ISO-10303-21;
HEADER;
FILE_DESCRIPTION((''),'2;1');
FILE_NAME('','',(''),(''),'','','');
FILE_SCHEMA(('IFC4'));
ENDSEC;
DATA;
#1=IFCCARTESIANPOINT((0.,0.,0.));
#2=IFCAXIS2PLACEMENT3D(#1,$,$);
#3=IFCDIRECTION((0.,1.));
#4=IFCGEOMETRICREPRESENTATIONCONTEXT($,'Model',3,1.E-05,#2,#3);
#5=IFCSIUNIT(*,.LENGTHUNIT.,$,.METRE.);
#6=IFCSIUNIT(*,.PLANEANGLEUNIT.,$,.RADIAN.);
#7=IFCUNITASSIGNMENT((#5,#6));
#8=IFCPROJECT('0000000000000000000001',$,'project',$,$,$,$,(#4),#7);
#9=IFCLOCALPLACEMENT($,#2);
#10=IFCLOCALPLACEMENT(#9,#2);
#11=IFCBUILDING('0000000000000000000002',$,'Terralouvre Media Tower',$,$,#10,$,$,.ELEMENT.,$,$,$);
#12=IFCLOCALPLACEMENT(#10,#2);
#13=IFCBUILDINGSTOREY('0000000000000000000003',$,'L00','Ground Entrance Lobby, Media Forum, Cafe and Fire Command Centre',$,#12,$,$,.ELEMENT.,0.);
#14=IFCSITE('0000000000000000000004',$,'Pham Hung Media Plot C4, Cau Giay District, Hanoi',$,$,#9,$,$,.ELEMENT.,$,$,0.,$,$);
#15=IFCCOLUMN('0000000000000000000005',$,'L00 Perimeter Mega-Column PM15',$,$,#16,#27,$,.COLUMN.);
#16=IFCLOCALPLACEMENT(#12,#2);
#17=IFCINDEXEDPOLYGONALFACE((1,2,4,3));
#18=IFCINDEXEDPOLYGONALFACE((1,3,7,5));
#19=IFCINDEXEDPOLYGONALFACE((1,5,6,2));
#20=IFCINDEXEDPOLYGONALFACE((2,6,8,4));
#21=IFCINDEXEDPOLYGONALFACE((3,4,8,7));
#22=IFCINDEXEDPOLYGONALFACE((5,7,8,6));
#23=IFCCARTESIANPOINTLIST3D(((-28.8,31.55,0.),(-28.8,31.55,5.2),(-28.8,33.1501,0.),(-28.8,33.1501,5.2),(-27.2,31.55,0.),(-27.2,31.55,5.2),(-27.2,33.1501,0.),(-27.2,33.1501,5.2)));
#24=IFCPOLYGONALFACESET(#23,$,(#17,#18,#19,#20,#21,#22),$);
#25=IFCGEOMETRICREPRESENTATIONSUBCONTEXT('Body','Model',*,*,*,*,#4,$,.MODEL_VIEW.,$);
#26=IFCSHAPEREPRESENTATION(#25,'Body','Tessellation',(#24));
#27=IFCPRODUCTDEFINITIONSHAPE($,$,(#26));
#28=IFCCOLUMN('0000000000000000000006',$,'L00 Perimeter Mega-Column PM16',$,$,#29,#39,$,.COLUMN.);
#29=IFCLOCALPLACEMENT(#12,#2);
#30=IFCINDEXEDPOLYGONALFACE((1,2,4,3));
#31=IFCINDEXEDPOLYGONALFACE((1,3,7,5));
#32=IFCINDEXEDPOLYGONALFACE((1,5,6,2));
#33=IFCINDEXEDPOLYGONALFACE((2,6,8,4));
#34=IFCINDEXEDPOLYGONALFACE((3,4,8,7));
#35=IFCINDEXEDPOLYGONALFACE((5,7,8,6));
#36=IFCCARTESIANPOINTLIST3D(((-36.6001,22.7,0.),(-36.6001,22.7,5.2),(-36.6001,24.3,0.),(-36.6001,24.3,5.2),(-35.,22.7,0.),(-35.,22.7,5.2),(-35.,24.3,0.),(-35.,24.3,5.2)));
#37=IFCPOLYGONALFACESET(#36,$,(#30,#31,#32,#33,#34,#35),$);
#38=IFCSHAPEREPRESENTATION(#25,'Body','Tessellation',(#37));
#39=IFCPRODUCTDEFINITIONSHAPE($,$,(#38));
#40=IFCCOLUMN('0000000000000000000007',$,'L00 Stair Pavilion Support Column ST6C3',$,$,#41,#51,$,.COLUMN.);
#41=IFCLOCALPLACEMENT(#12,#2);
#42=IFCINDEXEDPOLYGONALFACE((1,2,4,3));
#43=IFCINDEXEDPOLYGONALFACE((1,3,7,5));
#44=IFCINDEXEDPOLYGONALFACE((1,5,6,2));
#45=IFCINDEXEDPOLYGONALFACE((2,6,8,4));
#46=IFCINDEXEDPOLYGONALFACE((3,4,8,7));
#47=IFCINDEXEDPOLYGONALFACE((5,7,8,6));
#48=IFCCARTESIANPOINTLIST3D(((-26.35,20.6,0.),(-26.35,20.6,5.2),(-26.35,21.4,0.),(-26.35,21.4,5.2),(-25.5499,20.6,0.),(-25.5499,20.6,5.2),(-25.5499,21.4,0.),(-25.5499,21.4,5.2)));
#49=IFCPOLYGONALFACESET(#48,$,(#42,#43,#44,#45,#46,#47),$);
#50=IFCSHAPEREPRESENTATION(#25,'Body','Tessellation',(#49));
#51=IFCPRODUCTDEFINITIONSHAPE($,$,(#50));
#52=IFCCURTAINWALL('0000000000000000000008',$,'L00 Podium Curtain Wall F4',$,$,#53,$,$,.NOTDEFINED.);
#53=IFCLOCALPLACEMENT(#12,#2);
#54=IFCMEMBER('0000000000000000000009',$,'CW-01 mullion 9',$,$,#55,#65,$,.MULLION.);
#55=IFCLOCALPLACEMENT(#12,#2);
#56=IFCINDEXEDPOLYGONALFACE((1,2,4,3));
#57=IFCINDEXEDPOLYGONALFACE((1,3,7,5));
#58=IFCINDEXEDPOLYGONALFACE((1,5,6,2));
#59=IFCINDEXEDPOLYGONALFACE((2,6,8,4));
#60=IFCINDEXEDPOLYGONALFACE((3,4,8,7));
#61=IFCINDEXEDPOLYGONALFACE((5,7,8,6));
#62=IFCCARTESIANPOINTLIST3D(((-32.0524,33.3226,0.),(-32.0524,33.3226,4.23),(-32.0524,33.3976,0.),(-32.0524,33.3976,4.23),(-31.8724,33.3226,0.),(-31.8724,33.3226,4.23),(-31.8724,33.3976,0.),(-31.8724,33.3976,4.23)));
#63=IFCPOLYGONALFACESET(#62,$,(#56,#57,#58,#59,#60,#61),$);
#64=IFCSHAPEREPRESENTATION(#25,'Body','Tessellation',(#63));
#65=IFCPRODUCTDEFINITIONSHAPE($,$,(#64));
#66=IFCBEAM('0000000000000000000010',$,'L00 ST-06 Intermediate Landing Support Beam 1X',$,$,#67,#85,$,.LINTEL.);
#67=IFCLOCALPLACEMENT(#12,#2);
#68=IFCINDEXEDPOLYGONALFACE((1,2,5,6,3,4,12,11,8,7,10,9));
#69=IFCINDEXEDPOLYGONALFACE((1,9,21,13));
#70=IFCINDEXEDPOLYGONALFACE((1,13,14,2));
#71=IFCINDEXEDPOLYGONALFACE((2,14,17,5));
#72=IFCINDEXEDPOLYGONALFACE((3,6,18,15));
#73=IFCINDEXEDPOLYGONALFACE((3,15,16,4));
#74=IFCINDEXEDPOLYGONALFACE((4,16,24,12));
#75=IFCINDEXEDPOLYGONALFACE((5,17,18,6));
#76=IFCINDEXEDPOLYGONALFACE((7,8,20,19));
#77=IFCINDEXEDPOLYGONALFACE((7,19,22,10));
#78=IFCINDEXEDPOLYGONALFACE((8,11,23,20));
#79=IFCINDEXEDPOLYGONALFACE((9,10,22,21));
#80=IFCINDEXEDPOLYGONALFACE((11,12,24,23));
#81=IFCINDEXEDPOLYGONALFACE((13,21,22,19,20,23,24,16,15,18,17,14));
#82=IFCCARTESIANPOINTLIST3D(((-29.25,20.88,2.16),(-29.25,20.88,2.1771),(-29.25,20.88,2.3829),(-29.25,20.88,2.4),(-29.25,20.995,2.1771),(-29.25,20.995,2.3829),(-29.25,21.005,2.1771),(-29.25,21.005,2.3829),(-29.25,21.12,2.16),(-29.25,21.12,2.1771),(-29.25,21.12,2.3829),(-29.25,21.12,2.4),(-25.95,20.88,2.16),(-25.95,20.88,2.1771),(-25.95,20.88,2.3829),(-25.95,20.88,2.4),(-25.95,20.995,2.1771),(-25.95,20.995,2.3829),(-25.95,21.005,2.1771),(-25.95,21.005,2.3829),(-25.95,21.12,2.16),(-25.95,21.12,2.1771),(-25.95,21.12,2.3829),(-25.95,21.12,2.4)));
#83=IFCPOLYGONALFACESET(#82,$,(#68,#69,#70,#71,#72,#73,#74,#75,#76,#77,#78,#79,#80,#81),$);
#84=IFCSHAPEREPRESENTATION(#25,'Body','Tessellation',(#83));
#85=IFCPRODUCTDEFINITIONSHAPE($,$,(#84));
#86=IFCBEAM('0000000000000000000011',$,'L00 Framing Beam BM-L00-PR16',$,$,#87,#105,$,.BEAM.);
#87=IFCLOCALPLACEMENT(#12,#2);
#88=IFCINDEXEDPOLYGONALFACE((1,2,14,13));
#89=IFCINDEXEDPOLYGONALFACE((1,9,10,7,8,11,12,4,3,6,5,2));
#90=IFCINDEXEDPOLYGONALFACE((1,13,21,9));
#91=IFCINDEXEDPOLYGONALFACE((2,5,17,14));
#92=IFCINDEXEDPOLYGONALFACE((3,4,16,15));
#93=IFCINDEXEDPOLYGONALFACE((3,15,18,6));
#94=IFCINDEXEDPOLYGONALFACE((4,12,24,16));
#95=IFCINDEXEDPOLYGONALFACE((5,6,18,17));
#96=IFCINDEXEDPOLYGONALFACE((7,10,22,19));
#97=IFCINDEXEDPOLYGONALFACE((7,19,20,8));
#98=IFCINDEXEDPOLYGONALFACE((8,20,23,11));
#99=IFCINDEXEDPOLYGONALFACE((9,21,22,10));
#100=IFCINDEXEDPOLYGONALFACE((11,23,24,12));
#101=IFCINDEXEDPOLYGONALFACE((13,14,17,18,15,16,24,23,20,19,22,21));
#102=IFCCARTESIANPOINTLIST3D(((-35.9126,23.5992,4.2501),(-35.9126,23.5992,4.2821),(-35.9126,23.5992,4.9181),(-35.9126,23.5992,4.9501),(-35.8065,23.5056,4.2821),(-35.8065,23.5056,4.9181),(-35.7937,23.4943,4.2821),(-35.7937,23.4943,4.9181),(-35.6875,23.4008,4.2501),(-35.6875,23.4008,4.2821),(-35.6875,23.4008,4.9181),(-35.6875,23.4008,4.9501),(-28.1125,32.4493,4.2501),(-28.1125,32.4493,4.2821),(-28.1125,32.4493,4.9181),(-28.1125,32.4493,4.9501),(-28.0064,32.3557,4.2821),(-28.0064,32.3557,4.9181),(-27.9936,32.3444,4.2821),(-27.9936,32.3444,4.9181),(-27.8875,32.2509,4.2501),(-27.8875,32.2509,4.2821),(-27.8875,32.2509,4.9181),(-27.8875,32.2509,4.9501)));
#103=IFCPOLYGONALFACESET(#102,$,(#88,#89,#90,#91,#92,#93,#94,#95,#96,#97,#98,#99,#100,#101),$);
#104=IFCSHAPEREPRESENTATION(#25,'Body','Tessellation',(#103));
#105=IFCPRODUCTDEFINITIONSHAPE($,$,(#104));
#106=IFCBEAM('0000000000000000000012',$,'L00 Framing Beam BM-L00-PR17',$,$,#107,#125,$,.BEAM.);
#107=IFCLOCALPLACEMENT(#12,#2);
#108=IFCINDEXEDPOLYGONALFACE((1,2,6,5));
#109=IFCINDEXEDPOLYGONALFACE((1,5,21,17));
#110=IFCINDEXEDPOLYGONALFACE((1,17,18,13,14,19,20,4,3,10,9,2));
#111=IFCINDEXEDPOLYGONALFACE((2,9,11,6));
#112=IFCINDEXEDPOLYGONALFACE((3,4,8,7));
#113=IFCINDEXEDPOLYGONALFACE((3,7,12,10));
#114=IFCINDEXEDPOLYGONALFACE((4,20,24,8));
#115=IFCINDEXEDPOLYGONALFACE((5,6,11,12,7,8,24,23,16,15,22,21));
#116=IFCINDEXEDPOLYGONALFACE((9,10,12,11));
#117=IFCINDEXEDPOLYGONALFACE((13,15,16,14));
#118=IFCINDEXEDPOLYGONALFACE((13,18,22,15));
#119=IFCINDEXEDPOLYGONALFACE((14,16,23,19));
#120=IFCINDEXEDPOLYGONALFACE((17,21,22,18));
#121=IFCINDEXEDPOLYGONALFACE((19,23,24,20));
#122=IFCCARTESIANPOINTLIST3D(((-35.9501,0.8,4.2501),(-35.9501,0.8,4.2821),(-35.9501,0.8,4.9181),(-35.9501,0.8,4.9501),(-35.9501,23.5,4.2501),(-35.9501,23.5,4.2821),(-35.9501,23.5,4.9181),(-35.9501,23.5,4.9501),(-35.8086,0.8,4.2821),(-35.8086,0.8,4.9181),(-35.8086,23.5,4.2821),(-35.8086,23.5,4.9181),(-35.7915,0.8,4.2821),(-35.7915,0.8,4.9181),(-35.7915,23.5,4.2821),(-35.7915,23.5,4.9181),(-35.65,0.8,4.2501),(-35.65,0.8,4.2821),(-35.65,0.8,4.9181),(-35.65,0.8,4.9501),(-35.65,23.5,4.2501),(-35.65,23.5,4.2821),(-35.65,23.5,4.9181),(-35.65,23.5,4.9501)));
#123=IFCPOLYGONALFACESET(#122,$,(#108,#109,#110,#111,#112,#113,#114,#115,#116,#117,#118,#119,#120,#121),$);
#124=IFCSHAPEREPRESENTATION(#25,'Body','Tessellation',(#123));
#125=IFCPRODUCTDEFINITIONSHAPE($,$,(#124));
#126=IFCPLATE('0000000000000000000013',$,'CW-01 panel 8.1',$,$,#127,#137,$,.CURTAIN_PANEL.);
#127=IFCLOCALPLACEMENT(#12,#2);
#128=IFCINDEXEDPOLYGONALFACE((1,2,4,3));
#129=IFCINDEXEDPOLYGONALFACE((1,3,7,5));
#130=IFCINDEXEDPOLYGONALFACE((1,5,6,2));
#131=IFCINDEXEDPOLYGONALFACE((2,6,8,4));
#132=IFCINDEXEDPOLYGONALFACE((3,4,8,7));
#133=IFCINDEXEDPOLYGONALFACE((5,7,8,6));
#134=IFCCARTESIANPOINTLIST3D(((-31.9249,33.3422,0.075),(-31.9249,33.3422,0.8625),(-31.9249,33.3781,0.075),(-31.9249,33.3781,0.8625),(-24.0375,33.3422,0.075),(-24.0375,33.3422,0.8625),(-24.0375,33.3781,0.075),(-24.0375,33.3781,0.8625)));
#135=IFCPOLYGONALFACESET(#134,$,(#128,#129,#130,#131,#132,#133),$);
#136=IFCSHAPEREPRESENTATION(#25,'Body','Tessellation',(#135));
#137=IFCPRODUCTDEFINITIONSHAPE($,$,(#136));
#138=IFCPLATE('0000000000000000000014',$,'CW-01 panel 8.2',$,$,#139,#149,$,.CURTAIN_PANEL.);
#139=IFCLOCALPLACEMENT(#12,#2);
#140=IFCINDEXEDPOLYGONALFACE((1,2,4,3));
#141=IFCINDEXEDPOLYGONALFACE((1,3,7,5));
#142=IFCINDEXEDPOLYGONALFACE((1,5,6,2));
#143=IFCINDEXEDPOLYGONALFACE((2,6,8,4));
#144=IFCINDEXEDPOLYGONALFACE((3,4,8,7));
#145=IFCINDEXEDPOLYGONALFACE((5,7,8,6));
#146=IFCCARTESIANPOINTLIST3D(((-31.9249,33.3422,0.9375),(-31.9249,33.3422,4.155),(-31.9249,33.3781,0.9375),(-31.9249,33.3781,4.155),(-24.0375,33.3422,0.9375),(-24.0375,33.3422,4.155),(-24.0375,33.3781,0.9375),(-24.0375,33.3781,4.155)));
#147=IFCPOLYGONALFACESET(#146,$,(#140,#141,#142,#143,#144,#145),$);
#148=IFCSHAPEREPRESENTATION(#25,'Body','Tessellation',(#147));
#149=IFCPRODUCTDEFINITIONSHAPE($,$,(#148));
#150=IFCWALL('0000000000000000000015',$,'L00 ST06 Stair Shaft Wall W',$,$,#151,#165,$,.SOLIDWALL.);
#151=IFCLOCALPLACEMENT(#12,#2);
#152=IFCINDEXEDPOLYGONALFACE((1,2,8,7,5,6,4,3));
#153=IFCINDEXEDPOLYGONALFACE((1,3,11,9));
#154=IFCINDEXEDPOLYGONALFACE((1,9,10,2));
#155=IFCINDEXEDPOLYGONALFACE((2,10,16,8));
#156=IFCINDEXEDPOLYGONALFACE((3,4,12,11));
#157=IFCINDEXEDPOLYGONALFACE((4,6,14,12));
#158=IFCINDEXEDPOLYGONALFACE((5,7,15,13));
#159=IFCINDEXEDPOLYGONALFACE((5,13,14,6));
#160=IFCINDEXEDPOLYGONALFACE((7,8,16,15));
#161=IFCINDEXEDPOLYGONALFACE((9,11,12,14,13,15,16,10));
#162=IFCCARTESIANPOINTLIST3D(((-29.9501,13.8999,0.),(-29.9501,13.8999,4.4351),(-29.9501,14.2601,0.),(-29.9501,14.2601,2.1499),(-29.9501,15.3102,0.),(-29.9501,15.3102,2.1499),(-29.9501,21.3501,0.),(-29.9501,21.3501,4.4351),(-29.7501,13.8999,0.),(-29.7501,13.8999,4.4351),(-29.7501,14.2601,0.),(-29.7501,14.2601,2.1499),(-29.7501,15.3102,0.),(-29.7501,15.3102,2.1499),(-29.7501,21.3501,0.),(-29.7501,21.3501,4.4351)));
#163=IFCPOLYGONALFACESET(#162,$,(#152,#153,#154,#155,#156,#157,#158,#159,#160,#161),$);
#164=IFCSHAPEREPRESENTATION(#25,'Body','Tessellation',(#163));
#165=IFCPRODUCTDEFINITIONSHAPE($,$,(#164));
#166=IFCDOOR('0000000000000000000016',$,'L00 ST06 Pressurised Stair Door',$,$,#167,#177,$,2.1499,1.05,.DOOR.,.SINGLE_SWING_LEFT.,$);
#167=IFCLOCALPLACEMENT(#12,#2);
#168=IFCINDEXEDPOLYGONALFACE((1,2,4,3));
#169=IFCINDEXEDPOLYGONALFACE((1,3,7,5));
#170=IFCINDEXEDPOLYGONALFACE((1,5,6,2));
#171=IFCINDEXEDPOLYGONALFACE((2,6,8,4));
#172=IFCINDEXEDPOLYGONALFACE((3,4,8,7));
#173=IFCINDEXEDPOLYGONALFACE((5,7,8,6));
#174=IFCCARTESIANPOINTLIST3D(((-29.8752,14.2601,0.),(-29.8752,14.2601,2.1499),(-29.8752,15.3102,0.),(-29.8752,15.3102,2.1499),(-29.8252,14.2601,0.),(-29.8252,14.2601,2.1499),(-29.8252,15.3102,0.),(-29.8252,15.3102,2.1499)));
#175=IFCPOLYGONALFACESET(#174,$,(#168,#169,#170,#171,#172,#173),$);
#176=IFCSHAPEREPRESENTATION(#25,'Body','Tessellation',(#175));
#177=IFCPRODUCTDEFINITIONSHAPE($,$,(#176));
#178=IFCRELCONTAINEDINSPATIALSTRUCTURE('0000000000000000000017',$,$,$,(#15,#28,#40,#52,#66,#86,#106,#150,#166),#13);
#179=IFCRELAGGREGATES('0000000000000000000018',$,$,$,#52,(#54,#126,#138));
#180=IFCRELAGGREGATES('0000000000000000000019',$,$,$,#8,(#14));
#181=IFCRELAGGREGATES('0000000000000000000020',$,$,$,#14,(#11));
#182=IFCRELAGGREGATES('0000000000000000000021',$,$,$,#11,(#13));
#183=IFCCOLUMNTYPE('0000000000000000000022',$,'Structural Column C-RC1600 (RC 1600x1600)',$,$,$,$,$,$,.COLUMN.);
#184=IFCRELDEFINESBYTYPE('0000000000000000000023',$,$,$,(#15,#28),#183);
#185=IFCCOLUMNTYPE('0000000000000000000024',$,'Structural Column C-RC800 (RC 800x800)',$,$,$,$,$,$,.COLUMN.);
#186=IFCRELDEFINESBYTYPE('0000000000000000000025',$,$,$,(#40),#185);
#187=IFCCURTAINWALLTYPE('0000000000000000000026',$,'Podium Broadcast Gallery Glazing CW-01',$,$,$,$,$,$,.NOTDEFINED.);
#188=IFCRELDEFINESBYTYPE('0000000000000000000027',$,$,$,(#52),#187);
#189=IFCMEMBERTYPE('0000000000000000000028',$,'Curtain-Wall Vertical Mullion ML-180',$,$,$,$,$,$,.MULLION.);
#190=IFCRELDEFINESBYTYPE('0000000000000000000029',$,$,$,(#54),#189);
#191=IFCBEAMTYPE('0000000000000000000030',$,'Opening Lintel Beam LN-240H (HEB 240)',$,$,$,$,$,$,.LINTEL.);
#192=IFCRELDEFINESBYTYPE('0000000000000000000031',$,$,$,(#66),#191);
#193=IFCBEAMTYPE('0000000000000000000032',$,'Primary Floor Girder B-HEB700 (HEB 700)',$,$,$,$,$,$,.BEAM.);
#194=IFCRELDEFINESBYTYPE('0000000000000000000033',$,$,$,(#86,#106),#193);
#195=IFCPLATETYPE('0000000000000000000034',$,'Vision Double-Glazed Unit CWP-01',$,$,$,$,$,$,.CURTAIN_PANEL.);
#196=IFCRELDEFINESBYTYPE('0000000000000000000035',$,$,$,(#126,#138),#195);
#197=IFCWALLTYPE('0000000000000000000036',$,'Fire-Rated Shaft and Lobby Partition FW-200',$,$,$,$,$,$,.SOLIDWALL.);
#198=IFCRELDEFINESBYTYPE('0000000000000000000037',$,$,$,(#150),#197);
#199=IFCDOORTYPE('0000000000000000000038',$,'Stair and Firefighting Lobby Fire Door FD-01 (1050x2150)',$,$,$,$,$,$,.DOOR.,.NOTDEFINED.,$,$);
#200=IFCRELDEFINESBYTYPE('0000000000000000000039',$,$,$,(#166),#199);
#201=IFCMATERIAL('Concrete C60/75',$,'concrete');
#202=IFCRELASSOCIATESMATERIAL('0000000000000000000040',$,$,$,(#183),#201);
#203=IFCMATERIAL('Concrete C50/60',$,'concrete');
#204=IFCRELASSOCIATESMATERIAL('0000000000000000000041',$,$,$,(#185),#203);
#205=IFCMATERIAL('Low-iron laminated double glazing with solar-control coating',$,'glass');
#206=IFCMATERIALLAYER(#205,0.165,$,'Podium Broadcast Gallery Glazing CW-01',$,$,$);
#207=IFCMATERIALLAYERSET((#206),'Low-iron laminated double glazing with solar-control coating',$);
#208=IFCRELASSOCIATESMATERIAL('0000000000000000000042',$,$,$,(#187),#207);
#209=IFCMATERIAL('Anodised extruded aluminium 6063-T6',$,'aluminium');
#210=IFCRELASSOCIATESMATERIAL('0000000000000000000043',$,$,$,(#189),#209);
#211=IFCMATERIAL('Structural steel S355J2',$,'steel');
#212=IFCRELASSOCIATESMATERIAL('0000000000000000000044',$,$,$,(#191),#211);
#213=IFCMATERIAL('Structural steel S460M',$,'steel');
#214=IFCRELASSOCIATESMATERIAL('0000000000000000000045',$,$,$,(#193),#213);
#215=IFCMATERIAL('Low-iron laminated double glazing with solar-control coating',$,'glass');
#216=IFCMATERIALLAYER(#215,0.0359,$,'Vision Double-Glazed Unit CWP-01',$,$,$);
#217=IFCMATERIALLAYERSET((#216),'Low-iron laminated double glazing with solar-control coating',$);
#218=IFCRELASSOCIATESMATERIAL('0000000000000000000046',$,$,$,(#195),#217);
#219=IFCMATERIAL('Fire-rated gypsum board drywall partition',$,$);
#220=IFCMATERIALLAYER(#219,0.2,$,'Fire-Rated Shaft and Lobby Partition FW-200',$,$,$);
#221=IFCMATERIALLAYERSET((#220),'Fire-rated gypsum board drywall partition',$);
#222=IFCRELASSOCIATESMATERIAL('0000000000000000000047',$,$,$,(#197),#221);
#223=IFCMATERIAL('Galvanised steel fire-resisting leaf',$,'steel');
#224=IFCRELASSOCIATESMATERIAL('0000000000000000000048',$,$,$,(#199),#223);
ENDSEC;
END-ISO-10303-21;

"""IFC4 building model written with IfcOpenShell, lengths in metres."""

from ifc_helpers import new_model, si_unit, direction, frame, frame_2d, origin, origin_2d, place, context, subcontext, project, spatial, rectangle, i_section, extrude, material, layer, layer_set, material_profile, profile_set, type_object, element, fill, aggregate, save


model = new_model("IFC4")

# Units and contexts
model_context = context("Model", 3, precision=1e-05, world=origin(), true_north=direction((0.0, 1.0)))
body_context = subcontext(model_context, "Body", "Model", "MODEL_VIEW")
ifc_project = project(units=[si_unit("LENGTHUNIT", "METRE"), si_unit("PLANEANGLEUNIT", "RADIAN")], contexts=[model_context])

# Site, building, storey
site_placement = place(None, origin())
site = spatial("IfcSite", under=ifc_project, at=site_placement, Name="Pham Hung Media Plot C4, Cau Giay District, Hanoi", CompositionType="ELEMENT", RefElevation=0.0)
building_placement = place(site_placement, origin())
building = spatial("IfcBuilding", under=site, at=building_placement, Name="Terralouvre Media Tower", CompositionType="ELEMENT")
storey_placement = place(building_placement, origin())
storey = spatial("IfcBuildingStorey", under=building, at=storey_placement, Name="L00", Description="Ground Entrance Lobby, Media Forum, Cafe and Fire Command Centre", CompositionType="ELEMENT", Elevation=0.0)

# Columns
ifc_material_1 = material(Name="Concrete C60/75", Category="concrete")
ifc_material_profile_1 = material_profile(ifc_material_1, rectangle(XDim=1.6001, YDim=1.6001, at=origin_2d()), Name="RC 1600x1600")
ifc_profile_set_1 = profile_set([ifc_material_profile_1], Name="Concrete C60/75")
column_type_1 = type_object("IfcColumnType", Name="Structural Column C-RC1600 (RC 1600x1600)", PredefinedType="COLUMN", material=ifc_profile_set_1)
for number, where, z_axis, x_axis, name in (
    (1, (-28.0, 32.3501, 0.0), (0.0, 0.0, 1.0), (1.0, 0.0, 0.0), "L00 Perimeter Mega-Column PM15"),
    (2, (-35.8, 23.5, 0.0), (0.0, 0.0, 1.0), (1.0, 0.0, 0.0), "L00 Perimeter Mega-Column PM16"),
):
    element("IfcColumn", number, at=place(storey_placement, frame(where, z_axis=z_axis, x_axis=x_axis)), inside=storey, type_object=column_type_1, Name=name, PredefinedType="COLUMN", context=body_context, shape_type="SweptSolid", body=[
        extrude(rectangle(XDim=1.6001, YDim=1.6001, at=origin_2d()), origin(), (0.0, 0.0, 1.0), 5.2),
    ])
ifc_material_2 = material(Name="Concrete C50/60", Category="concrete")
ifc_material_profile_2 = material_profile(ifc_material_2, rectangle(XDim=0.8, YDim=0.8, at=origin_2d()), Name="RC 800x800")
ifc_profile_set_2 = profile_set([ifc_material_profile_2], Name="Concrete C50/60")
column_type_2 = type_object("IfcColumnType", Name="Structural Column C-RC800 (RC 800x800)", PredefinedType="COLUMN", material=ifc_profile_set_2)
column_placement = place(storey_placement, frame((-25.95, 21.0, 0.0), z_axis=(0.0, 0.0, 1.0), x_axis=(1.0, 0.0, 0.0)))
element("IfcColumn", 3, at=column_placement, inside=storey, type_object=column_type_2, Name="L00 Stair Pavilion Support Column ST6C3", PredefinedType="COLUMN", context=body_context, shape_type="SweptSolid", body=[
    extrude(rectangle(XDim=0.8, YDim=0.8, at=origin_2d()), origin(), (0.0, 0.0, 1.0), 5.2),
])

# Curtain wall, member
ifc_material_3 = material(Name="Low-iron laminated double glazing with solar-control coating", Category="glass")
ifc_layer_1 = layer(ifc_material_3, 0.165, Name="Podium Broadcast Gallery Glazing CW-01")
ifc_layer_set_1 = layer_set([ifc_layer_1], Name="Low-iron laminated double glazing with solar-control coating")
curtain_wall_type = type_object("IfcCurtainWallType", Name="Podium Broadcast Gallery Glazing CW-01", PredefinedType="NOTDEFINED", material=ifc_layer_set_1)
curtain_wall_placement = place(storey_placement, origin())
curtain_wall = element("IfcCurtainWall", 4, at=curtain_wall_placement, inside=storey, type_object=curtain_wall_type, Name="L00 Podium Curtain Wall F4", PredefinedType="NOTDEFINED")
ifc_material_4 = material(Name="Anodised extruded aluminium 6063-T6", Category="aluminium")
ifc_material_profile_3 = material_profile(ifc_material_4, rectangle(XDim=0.075, YDim=0.1799, at=origin_2d()), Name="ALU 75x180")
ifc_profile_set_3 = profile_set([ifc_material_profile_3], Name="Anodised extruded aluminium 6063-T6")
member_type = type_object("IfcMemberType", Name="Curtain-Wall Vertical Mullion ML-180", PredefinedType="MULLION", material=ifc_profile_set_3)
member_placement = place(storey_placement, frame((-31.9624, 33.3601, 0.0), z_axis=(0.0, 0.0, 1.0), x_axis=(0.0, -1.0, 0.0)))
member = element("IfcMember", 5, at=member_placement, type_object=member_type, Name="CW-01 mullion 9", PredefinedType="MULLION", context=body_context, shape_type="SweptSolid", body=[
    extrude(rectangle(XDim=0.075, YDim=0.1799, at=origin_2d()), origin(), (0.0, 0.0, 1.0), 4.23),
])

# Beams
ifc_material_5 = material(Name="Structural steel S355J2", Category="steel")
ifc_material_profile_4 = material_profile(ifc_material_5, i_section(OverallWidth=0.24, OverallDepth=0.24, WebThickness=0.01, FlangeThickness=0.0171, at=origin_2d()), Name="HEB 240")
ifc_profile_set_4 = profile_set([ifc_material_profile_4], Name="Structural steel S355J2")
beam_type_1 = type_object("IfcBeamType", Name="Opening Lintel Beam LN-240H (HEB 240)", PredefinedType="LINTEL", material=ifc_profile_set_4)
beam_1_placement = place(storey_placement, frame((-29.25, 21.0, 2.28), z_axis=(1.0, 0.0, 0.0), x_axis=(0.0, 1.0, 0.0)))
element("IfcBeam", 6, at=beam_1_placement, inside=storey, type_object=beam_type_1, Name="L00 ST-06 Intermediate Landing Support Beam 1X", PredefinedType="LINTEL", context=body_context, shape_type="SweptSolid", body=[
    extrude(i_section(OverallWidth=0.24, OverallDepth=0.24, WebThickness=0.01, FlangeThickness=0.0171, at=origin_2d()), origin(), (0.0, 0.0, 1.0), 3.3),
])
ifc_material_6 = material(Name="Structural steel S460M", Category="steel")
ifc_material_profile_5 = material_profile(ifc_material_6, i_section(OverallWidth=0.3, OverallDepth=0.7, WebThickness=0.0171, FlangeThickness=0.032, at=origin_2d()), Name="HEB 700")
ifc_profile_set_5 = profile_set([ifc_material_profile_5], Name="Structural steel S460M")
beam_type_2 = type_object("IfcBeamType", Name="Primary Floor Girder B-HEB700 (HEB 700)", PredefinedType="BEAM", material=ifc_profile_set_5)
beam_2_placement = place(storey_placement, frame((-28.0, 32.3501, 4.6001), z_axis=(-0.661199, -0.75021, 0.0), x_axis=(0.75021, -0.661199, 0.0)))
element("IfcBeam", 7, at=beam_2_placement, inside=storey, type_object=beam_type_2, Name="L00 Framing Beam BM-L00-PR16", PredefinedType="BEAM", context=body_context, shape_type="SweptSolid", body=[
    extrude(i_section(OverallWidth=0.3, OverallDepth=0.7, WebThickness=0.0171, FlangeThickness=0.032, at=origin_2d()), origin(), (0.0, 0.0, 1.0), 11.7969),
])
beam_3_placement = place(storey_placement, frame((-35.8, 23.5, 4.6001), z_axis=(0.0, -1.0, 0.0), x_axis=(1.0, 0.0, 0.0)))
element("IfcBeam", 8, at=beam_3_placement, inside=storey, type_object=beam_type_2, Name="L00 Framing Beam BM-L00-PR17", PredefinedType="BEAM", context=body_context, shape_type="SweptSolid", body=[
    extrude(i_section(OverallWidth=0.3, OverallDepth=0.7, WebThickness=0.0171, FlangeThickness=0.032, at=origin_2d()), origin(), (0.0, 0.0, 1.0), 22.7),
])

# Plates
ifc_material_7 = material(Name="Low-iron laminated double glazing with solar-control coating", Category="glass")
ifc_layer_2 = layer(ifc_material_7, 0.0359, Name="Vision Double-Glazed Unit CWP-01")
ifc_layer_set_2 = layer_set([ifc_layer_2], Name="Low-iron laminated double glazing with solar-control coating")
plate_type = type_object("IfcPlateType", Name="Vision Double-Glazed Unit CWP-01", PredefinedType="CURTAIN_PANEL", material=ifc_layer_set_2)
plate_1_placement = place(storey_placement, frame((-27.9812, 33.3601, 0.075), z_axis=(0.0, 0.0, 1.0), x_axis=(-1.0, 0.0, 0.0)))
plate_1 = element("IfcPlate", 9, at=plate_1_placement, type_object=plate_type, Name="CW-01 panel 8.1", PredefinedType="CURTAIN_PANEL", context=body_context, shape_type="SweptSolid", body=[
    extrude(rectangle(XDim=7.8875, YDim=0.0359, at=origin_2d()), origin(), (0.0, 0.0, 1.0), 0.7876),
])
plate_2_placement = place(storey_placement, frame((-27.9812, 33.3601, 0.9375), z_axis=(0.0, 0.0, 1.0), x_axis=(-1.0, 0.0, 0.0)))
plate_2 = element("IfcPlate", 10, at=plate_2_placement, type_object=plate_type, Name="CW-01 panel 8.2", PredefinedType="CURTAIN_PANEL", context=body_context, shape_type="SweptSolid", body=[
    extrude(rectangle(XDim=7.8875, YDim=0.0359, at=origin_2d()), origin(), (0.0, 0.0, 1.0), 3.2175),
])
aggregate(curtain_wall, [member, plate_1, plate_2])

# Wall, opening, door
ifc_material_8 = material(Name="Fire-rated gypsum board drywall partition")
ifc_layer_3 = layer(ifc_material_8, 0.2, Name="Fire-Rated Shaft and Lobby Partition FW-200")
ifc_layer_set_3 = layer_set([ifc_layer_3], Name="Fire-rated gypsum board drywall partition")
wall_type_1 = type_object("IfcWallType", Name="Fire-Rated Shaft and Lobby Partition FW-200", PredefinedType="SOLIDWALL", material=ifc_layer_set_3)
wall_1_placement = place(storey_placement, frame((-29.8501, 21.3501, 0.0), z_axis=(0.0, 0.0, 1.0), x_axis=(0.0, -1.0, 0.0)))
wall_1 = element("IfcWall", 11, at=wall_1_placement, inside=storey, type_object=wall_type_1, Name="L00 ST06 Stair Shaft Wall W", PredefinedType="SOLIDWALL", context=body_context, shape_type="SweptSolid", body=[
    extrude(rectangle(XDim=7.4502, YDim=0.2, at=frame_2d((3.7251, 0.0))), origin(), (0.0, 0.0, 1.0), 4.4351),
])
opening_1_placement = place(wall_1_placement, frame((6.04, 0.0, 0.0)))
opening_1 = element("IfcOpeningElement", 12, at=opening_1_placement, cuts=wall_1, PredefinedType="OPENING", context=body_context, shape_type="SweptSolid", body=[
    extrude(rectangle(XDim=1.05, YDim=2.1499, at=frame_2d((0.5249, 1.075))), frame((0.0, 0.1099, 0.0), z_axis=(0.0, -1.0, 0.0), x_axis=(1.0, 0.0, 0.0)), (0.0, 0.0, 1.0), 0.22),
])
ifc_material_9 = material(Name="Galvanised steel fire-resisting leaf", Category="steel")
door_type_1 = type_object("IfcDoorType", Name="Stair and Firefighting Lobby Fire Door FD-01 (1050x2150)", OperationType="NOTDEFINED", PredefinedType="DOOR", material=ifc_material_9)
door_1_placement = place(opening_1_placement, origin())
door_1 = element("IfcDoor", 13, at=door_1_placement, inside=storey, type_object=door_type_1, Name="L00 ST06 Pressurised Stair Door", OperationType="SINGLE_SWING_LEFT", OverallHeight=2.1499, OverallWidth=1.05, PredefinedType="DOOR", context=body_context, shape_type="SweptSolid", body=[
    extrude(rectangle(XDim=1.05, YDim=2.1499, at=frame_2d((0.5249, 1.075))), frame((0.0, 0.0249, 0.0), z_axis=(0.0, -1.0, 0.0), x_axis=(1.0, 0.0, 0.0)), (0.0, 0.0, 1.0), 0.05),
])
fill(opening_1, door_1)

save(model, "model.ifc")
